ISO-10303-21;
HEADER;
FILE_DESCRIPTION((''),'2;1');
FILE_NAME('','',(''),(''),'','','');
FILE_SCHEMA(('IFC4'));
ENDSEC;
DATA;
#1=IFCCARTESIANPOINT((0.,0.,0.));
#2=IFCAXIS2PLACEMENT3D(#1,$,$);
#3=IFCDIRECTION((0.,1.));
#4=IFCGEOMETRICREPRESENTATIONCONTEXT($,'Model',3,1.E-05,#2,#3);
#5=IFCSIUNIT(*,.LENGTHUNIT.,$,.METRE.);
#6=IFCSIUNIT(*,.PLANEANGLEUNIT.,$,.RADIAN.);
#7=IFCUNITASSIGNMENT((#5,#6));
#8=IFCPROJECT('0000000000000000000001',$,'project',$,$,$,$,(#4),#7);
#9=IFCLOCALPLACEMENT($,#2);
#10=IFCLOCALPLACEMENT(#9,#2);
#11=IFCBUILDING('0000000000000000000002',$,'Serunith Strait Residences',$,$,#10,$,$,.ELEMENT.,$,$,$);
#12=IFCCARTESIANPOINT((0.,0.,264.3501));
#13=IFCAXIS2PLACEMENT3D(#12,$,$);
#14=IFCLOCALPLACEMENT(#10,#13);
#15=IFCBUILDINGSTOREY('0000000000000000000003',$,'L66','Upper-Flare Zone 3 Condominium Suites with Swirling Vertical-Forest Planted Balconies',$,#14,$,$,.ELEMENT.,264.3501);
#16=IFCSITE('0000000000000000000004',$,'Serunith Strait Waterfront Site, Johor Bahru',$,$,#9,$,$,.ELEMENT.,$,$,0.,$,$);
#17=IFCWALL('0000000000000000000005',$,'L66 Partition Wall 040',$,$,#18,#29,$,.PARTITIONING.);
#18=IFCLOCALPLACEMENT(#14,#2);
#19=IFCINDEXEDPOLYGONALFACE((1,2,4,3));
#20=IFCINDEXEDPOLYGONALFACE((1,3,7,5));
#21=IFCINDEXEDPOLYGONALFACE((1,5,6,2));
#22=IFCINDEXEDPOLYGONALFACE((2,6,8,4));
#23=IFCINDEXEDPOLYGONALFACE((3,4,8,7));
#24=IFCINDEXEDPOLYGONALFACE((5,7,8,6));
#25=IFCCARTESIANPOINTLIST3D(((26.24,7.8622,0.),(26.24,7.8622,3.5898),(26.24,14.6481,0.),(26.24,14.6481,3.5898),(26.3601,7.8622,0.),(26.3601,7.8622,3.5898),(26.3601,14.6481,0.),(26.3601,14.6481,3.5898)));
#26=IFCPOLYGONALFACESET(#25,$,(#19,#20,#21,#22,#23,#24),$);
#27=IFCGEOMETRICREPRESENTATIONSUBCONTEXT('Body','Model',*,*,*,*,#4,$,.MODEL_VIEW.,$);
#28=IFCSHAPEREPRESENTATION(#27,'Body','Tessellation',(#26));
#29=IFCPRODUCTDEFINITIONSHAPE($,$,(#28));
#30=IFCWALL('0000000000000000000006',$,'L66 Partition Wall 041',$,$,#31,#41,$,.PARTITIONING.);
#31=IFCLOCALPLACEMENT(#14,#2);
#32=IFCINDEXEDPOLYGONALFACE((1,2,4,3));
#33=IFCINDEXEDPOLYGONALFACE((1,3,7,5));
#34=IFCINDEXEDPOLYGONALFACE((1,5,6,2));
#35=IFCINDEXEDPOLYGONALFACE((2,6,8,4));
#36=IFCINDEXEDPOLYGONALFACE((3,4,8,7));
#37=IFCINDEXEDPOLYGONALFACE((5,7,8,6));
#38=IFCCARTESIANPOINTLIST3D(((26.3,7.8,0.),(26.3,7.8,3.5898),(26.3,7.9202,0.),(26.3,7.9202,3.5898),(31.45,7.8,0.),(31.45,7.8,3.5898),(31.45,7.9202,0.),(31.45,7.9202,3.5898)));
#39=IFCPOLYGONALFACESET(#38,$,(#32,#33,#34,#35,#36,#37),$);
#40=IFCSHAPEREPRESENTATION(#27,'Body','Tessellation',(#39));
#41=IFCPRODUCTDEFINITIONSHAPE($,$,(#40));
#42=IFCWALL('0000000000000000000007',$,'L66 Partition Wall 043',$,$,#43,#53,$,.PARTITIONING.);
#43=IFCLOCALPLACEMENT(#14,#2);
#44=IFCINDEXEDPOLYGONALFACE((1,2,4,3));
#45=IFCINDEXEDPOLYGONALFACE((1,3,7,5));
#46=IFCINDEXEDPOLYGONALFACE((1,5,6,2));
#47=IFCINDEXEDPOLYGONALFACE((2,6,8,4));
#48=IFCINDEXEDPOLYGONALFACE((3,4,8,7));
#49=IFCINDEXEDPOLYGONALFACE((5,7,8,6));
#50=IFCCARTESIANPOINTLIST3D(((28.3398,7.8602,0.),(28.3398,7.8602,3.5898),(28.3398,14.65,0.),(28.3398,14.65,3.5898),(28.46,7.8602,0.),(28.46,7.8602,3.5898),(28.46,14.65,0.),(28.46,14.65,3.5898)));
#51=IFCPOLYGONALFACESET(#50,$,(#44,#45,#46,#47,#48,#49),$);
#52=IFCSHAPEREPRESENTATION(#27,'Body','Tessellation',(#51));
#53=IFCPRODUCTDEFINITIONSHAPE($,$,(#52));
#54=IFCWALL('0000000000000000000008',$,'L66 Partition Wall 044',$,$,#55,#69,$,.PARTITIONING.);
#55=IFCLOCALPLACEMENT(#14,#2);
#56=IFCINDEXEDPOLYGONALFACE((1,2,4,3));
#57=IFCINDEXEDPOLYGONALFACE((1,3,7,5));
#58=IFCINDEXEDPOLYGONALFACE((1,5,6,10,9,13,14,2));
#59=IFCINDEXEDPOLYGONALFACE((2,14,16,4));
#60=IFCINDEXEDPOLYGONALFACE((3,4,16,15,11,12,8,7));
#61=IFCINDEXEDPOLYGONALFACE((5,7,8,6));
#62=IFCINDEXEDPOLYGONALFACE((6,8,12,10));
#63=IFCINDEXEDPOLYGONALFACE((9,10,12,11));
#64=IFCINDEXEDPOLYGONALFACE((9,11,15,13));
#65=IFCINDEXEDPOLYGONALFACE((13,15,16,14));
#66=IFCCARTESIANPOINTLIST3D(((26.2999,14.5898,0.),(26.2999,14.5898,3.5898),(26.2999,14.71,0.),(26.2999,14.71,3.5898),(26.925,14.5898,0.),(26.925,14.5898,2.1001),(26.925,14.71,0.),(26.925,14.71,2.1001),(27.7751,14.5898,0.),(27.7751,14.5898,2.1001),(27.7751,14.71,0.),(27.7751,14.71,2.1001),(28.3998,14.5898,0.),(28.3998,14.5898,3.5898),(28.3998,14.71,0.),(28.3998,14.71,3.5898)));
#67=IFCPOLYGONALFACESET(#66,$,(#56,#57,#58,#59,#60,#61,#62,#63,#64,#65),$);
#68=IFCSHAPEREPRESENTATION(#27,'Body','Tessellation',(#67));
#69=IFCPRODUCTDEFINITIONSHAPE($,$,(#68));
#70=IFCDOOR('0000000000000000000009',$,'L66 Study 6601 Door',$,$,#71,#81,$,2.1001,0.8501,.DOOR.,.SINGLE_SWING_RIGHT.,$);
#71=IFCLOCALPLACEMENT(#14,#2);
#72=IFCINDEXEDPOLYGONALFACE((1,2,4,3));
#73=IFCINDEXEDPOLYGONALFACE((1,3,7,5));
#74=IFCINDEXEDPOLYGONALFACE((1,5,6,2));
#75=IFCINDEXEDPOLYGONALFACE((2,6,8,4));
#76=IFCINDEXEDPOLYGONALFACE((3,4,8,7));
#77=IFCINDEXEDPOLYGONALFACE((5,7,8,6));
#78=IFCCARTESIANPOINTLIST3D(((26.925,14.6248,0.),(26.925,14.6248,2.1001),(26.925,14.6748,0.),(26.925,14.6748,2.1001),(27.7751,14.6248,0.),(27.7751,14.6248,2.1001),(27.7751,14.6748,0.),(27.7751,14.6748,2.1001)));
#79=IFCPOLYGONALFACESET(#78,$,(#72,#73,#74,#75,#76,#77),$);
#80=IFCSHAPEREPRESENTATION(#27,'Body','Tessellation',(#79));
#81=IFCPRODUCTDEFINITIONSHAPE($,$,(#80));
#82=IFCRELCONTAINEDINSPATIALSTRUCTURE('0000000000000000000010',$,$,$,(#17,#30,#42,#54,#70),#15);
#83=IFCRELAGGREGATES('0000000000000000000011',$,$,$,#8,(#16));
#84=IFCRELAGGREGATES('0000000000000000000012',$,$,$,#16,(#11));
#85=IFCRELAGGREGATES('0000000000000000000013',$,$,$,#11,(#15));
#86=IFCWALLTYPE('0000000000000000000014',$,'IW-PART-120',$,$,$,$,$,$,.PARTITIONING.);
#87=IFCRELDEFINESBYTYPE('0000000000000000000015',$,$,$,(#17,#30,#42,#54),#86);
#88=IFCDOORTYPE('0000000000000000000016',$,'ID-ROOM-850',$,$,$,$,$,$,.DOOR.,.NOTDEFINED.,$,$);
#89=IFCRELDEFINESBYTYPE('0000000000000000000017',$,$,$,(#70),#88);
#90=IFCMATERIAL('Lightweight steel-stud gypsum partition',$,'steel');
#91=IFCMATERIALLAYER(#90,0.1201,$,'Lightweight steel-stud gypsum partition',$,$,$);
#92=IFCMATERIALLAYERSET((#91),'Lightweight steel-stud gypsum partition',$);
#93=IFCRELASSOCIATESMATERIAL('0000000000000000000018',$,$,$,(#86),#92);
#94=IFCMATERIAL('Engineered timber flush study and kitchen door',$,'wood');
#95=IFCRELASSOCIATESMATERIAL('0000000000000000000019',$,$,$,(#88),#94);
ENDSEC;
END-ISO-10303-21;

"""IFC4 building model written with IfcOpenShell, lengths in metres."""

from ifc_helpers import new_model, si_unit, direction, frame, frame_2d, origin, place, context, subcontext, project, spatial, rectangle, extrude, source, transform, mapped, material, layer, layer_set, type_object, element, fill, save


model = new_model("IFC4")

# Units and contexts
model_context = context("Model", 3, precision=1e-05, world=origin(), true_north=direction((0.0, 1.0)))
body_context = subcontext(model_context, "Body", "Model", "MODEL_VIEW")
ifc_project = project(units=[si_unit("LENGTHUNIT", "METRE"), si_unit("PLANEANGLEUNIT", "RADIAN")], contexts=[model_context])

# Site, building, storey
site_placement = place(None, origin())
site = spatial("IfcSite", under=ifc_project, at=site_placement, Name="Serunith Strait Waterfront Site, Johor Bahru", CompositionType="ELEMENT", RefElevation=0.0)
building_placement = place(site_placement, origin())
building = spatial("IfcBuilding", under=site, at=building_placement, Name="Serunith Strait Residences", CompositionType="ELEMENT")
storey_placement = place(building_placement, frame((0.0, 0.0, 264.3501)))
storey = spatial("IfcBuildingStorey", under=building, at=storey_placement, Name="L66", Description="Upper-Flare Zone 3 Condominium Suites with Swirling Vertical-Forest Planted Balconies", CompositionType="ELEMENT", Elevation=264.3501)

# Shared definitions
ifc_material_1 = material(Name="Lightweight steel-stud gypsum partition", Category="steel")
ifc_layer_1 = layer(ifc_material_1, 0.1201, Name="Lightweight steel-stud gypsum partition")
ifc_layer_set_1 = layer_set([ifc_layer_1], Name="Lightweight steel-stud gypsum partition")
wall_type = type_object("IfcWallType", Name="IW-PART-120", PredefinedType="PARTITIONING", material=ifc_layer_set_1)
ifc_material_2 = material(Name="Engineered timber flush study and kitchen door", Category="wood")
door_type_1 = type_object("IfcDoorType", Name="ID-ROOM-850", OperationType="NOTDEFINED", PredefinedType="DOOR", material=ifc_material_2)
shared_shape_1 = source(origin(), body_context, "Body", "SweptSolid", [
    extrude(rectangle(XDim=0.8501, YDim=2.1001, at=frame_2d((0.425, 1.05))), frame((0.0, 0.0249, 0.0), z_axis=(0.0, -1.0, 0.0), x_axis=(1.0, 0.0, 0.0)), (0.0, 0.0, 1.0), 0.05),
])

# Walls
wall_1_placement = place(storey_placement, frame((26.3, 7.8621, 0.0), z_axis=(0.0, 0.0, 1.0), x_axis=(0.0, 1.0, 0.0)))
element("IfcWall", 1, at=wall_1_placement, inside=storey, type_object=wall_type, Name="L66 Partition Wall 040", PredefinedType="PARTITIONING", context=body_context, shape_type="SweptSolid", body=[
    extrude(rectangle(XDim=6.7859, YDim=0.1201, at=frame_2d((3.3931, 0.0))), origin(), (0.0, 0.0, 1.0), 3.5898),
])
wall_2_placement = place(storey_placement, frame((26.3, 7.8601, 0.0), z_axis=(0.0, 0.0, 1.0), x_axis=(1.0, 0.0, 0.0)))
element("IfcWall", 2, at=wall_2_placement, inside=storey, type_object=wall_type, Name="L66 Partition Wall 041", PredefinedType="PARTITIONING", context=body_context, shape_type="SweptSolid", body=[
    extrude(rectangle(XDim=5.1499, YDim=0.1201, at=frame_2d((2.575, 0.0))), origin(), (0.0, 0.0, 1.0), 3.5898),
])
wall_3_placement = place(storey_placement, frame((28.3999, 7.8601, 0.0), z_axis=(0.0, 0.0, 1.0), x_axis=(0.0, 1.0, 0.0)))
element("IfcWall", 3, at=wall_3_placement, inside=storey, type_object=wall_type, Name="L66 Partition Wall 043", PredefinedType="PARTITIONING", context=body_context, shape_type="SweptSolid", body=[
    extrude(rectangle(XDim=6.7898, YDim=0.1201, at=frame_2d((3.395, 0.0))), origin(), (0.0, 0.0, 1.0), 3.5898),
])

# Wall, opening, door
wall_4_placement = place(storey_placement, frame((26.3, 14.6499, 0.0), z_axis=(0.0, 0.0, 1.0), x_axis=(1.0, 0.0, 0.0)))
wall_4 = element("IfcWall", 4, at=wall_4_placement, inside=storey, type_object=wall_type, Name="L66 Partition Wall 044", PredefinedType="PARTITIONING", context=body_context, shape_type="SweptSolid", body=[
    extrude(rectangle(XDim=2.0999, YDim=0.1201, at=frame_2d((1.0498, 0.0))), origin(), (0.0, 0.0, 1.0), 3.5898),
])
opening_1_placement = place(wall_4_placement, frame((0.625, 0.0, 0.0)))
opening_1 = element("IfcOpeningElement", 5, at=opening_1_placement, cuts=wall_4, PredefinedType="OPENING", context=body_context, shape_type="SweptSolid", body=[
    extrude(rectangle(XDim=0.8501, YDim=2.1001, at=frame_2d((0.425, 1.05))), frame((0.0, 0.0701, 0.0), z_axis=(0.0, -1.0, 0.0), x_axis=(1.0, 0.0, 0.0)), (0.0, 0.0, 1.0), 0.1401),
])
door_1_placement = place(opening_1_placement, origin())
door_1 = element("IfcDoor", 6, at=door_1_placement, inside=storey, type_object=door_type_1, Name="L66 Study 6601 Door", OperationType="SINGLE_SWING_RIGHT", OverallHeight=2.1001, OverallWidth=0.8501, PredefinedType="DOOR", context=body_context, shape_type="MappedRepresentation", body=[
    mapped(shared_shape_1, transform((0.0, 0.0, 0.0), scale=1.0)),
])
fill(opening_1, door_1)

save(model, "model.ifc")
